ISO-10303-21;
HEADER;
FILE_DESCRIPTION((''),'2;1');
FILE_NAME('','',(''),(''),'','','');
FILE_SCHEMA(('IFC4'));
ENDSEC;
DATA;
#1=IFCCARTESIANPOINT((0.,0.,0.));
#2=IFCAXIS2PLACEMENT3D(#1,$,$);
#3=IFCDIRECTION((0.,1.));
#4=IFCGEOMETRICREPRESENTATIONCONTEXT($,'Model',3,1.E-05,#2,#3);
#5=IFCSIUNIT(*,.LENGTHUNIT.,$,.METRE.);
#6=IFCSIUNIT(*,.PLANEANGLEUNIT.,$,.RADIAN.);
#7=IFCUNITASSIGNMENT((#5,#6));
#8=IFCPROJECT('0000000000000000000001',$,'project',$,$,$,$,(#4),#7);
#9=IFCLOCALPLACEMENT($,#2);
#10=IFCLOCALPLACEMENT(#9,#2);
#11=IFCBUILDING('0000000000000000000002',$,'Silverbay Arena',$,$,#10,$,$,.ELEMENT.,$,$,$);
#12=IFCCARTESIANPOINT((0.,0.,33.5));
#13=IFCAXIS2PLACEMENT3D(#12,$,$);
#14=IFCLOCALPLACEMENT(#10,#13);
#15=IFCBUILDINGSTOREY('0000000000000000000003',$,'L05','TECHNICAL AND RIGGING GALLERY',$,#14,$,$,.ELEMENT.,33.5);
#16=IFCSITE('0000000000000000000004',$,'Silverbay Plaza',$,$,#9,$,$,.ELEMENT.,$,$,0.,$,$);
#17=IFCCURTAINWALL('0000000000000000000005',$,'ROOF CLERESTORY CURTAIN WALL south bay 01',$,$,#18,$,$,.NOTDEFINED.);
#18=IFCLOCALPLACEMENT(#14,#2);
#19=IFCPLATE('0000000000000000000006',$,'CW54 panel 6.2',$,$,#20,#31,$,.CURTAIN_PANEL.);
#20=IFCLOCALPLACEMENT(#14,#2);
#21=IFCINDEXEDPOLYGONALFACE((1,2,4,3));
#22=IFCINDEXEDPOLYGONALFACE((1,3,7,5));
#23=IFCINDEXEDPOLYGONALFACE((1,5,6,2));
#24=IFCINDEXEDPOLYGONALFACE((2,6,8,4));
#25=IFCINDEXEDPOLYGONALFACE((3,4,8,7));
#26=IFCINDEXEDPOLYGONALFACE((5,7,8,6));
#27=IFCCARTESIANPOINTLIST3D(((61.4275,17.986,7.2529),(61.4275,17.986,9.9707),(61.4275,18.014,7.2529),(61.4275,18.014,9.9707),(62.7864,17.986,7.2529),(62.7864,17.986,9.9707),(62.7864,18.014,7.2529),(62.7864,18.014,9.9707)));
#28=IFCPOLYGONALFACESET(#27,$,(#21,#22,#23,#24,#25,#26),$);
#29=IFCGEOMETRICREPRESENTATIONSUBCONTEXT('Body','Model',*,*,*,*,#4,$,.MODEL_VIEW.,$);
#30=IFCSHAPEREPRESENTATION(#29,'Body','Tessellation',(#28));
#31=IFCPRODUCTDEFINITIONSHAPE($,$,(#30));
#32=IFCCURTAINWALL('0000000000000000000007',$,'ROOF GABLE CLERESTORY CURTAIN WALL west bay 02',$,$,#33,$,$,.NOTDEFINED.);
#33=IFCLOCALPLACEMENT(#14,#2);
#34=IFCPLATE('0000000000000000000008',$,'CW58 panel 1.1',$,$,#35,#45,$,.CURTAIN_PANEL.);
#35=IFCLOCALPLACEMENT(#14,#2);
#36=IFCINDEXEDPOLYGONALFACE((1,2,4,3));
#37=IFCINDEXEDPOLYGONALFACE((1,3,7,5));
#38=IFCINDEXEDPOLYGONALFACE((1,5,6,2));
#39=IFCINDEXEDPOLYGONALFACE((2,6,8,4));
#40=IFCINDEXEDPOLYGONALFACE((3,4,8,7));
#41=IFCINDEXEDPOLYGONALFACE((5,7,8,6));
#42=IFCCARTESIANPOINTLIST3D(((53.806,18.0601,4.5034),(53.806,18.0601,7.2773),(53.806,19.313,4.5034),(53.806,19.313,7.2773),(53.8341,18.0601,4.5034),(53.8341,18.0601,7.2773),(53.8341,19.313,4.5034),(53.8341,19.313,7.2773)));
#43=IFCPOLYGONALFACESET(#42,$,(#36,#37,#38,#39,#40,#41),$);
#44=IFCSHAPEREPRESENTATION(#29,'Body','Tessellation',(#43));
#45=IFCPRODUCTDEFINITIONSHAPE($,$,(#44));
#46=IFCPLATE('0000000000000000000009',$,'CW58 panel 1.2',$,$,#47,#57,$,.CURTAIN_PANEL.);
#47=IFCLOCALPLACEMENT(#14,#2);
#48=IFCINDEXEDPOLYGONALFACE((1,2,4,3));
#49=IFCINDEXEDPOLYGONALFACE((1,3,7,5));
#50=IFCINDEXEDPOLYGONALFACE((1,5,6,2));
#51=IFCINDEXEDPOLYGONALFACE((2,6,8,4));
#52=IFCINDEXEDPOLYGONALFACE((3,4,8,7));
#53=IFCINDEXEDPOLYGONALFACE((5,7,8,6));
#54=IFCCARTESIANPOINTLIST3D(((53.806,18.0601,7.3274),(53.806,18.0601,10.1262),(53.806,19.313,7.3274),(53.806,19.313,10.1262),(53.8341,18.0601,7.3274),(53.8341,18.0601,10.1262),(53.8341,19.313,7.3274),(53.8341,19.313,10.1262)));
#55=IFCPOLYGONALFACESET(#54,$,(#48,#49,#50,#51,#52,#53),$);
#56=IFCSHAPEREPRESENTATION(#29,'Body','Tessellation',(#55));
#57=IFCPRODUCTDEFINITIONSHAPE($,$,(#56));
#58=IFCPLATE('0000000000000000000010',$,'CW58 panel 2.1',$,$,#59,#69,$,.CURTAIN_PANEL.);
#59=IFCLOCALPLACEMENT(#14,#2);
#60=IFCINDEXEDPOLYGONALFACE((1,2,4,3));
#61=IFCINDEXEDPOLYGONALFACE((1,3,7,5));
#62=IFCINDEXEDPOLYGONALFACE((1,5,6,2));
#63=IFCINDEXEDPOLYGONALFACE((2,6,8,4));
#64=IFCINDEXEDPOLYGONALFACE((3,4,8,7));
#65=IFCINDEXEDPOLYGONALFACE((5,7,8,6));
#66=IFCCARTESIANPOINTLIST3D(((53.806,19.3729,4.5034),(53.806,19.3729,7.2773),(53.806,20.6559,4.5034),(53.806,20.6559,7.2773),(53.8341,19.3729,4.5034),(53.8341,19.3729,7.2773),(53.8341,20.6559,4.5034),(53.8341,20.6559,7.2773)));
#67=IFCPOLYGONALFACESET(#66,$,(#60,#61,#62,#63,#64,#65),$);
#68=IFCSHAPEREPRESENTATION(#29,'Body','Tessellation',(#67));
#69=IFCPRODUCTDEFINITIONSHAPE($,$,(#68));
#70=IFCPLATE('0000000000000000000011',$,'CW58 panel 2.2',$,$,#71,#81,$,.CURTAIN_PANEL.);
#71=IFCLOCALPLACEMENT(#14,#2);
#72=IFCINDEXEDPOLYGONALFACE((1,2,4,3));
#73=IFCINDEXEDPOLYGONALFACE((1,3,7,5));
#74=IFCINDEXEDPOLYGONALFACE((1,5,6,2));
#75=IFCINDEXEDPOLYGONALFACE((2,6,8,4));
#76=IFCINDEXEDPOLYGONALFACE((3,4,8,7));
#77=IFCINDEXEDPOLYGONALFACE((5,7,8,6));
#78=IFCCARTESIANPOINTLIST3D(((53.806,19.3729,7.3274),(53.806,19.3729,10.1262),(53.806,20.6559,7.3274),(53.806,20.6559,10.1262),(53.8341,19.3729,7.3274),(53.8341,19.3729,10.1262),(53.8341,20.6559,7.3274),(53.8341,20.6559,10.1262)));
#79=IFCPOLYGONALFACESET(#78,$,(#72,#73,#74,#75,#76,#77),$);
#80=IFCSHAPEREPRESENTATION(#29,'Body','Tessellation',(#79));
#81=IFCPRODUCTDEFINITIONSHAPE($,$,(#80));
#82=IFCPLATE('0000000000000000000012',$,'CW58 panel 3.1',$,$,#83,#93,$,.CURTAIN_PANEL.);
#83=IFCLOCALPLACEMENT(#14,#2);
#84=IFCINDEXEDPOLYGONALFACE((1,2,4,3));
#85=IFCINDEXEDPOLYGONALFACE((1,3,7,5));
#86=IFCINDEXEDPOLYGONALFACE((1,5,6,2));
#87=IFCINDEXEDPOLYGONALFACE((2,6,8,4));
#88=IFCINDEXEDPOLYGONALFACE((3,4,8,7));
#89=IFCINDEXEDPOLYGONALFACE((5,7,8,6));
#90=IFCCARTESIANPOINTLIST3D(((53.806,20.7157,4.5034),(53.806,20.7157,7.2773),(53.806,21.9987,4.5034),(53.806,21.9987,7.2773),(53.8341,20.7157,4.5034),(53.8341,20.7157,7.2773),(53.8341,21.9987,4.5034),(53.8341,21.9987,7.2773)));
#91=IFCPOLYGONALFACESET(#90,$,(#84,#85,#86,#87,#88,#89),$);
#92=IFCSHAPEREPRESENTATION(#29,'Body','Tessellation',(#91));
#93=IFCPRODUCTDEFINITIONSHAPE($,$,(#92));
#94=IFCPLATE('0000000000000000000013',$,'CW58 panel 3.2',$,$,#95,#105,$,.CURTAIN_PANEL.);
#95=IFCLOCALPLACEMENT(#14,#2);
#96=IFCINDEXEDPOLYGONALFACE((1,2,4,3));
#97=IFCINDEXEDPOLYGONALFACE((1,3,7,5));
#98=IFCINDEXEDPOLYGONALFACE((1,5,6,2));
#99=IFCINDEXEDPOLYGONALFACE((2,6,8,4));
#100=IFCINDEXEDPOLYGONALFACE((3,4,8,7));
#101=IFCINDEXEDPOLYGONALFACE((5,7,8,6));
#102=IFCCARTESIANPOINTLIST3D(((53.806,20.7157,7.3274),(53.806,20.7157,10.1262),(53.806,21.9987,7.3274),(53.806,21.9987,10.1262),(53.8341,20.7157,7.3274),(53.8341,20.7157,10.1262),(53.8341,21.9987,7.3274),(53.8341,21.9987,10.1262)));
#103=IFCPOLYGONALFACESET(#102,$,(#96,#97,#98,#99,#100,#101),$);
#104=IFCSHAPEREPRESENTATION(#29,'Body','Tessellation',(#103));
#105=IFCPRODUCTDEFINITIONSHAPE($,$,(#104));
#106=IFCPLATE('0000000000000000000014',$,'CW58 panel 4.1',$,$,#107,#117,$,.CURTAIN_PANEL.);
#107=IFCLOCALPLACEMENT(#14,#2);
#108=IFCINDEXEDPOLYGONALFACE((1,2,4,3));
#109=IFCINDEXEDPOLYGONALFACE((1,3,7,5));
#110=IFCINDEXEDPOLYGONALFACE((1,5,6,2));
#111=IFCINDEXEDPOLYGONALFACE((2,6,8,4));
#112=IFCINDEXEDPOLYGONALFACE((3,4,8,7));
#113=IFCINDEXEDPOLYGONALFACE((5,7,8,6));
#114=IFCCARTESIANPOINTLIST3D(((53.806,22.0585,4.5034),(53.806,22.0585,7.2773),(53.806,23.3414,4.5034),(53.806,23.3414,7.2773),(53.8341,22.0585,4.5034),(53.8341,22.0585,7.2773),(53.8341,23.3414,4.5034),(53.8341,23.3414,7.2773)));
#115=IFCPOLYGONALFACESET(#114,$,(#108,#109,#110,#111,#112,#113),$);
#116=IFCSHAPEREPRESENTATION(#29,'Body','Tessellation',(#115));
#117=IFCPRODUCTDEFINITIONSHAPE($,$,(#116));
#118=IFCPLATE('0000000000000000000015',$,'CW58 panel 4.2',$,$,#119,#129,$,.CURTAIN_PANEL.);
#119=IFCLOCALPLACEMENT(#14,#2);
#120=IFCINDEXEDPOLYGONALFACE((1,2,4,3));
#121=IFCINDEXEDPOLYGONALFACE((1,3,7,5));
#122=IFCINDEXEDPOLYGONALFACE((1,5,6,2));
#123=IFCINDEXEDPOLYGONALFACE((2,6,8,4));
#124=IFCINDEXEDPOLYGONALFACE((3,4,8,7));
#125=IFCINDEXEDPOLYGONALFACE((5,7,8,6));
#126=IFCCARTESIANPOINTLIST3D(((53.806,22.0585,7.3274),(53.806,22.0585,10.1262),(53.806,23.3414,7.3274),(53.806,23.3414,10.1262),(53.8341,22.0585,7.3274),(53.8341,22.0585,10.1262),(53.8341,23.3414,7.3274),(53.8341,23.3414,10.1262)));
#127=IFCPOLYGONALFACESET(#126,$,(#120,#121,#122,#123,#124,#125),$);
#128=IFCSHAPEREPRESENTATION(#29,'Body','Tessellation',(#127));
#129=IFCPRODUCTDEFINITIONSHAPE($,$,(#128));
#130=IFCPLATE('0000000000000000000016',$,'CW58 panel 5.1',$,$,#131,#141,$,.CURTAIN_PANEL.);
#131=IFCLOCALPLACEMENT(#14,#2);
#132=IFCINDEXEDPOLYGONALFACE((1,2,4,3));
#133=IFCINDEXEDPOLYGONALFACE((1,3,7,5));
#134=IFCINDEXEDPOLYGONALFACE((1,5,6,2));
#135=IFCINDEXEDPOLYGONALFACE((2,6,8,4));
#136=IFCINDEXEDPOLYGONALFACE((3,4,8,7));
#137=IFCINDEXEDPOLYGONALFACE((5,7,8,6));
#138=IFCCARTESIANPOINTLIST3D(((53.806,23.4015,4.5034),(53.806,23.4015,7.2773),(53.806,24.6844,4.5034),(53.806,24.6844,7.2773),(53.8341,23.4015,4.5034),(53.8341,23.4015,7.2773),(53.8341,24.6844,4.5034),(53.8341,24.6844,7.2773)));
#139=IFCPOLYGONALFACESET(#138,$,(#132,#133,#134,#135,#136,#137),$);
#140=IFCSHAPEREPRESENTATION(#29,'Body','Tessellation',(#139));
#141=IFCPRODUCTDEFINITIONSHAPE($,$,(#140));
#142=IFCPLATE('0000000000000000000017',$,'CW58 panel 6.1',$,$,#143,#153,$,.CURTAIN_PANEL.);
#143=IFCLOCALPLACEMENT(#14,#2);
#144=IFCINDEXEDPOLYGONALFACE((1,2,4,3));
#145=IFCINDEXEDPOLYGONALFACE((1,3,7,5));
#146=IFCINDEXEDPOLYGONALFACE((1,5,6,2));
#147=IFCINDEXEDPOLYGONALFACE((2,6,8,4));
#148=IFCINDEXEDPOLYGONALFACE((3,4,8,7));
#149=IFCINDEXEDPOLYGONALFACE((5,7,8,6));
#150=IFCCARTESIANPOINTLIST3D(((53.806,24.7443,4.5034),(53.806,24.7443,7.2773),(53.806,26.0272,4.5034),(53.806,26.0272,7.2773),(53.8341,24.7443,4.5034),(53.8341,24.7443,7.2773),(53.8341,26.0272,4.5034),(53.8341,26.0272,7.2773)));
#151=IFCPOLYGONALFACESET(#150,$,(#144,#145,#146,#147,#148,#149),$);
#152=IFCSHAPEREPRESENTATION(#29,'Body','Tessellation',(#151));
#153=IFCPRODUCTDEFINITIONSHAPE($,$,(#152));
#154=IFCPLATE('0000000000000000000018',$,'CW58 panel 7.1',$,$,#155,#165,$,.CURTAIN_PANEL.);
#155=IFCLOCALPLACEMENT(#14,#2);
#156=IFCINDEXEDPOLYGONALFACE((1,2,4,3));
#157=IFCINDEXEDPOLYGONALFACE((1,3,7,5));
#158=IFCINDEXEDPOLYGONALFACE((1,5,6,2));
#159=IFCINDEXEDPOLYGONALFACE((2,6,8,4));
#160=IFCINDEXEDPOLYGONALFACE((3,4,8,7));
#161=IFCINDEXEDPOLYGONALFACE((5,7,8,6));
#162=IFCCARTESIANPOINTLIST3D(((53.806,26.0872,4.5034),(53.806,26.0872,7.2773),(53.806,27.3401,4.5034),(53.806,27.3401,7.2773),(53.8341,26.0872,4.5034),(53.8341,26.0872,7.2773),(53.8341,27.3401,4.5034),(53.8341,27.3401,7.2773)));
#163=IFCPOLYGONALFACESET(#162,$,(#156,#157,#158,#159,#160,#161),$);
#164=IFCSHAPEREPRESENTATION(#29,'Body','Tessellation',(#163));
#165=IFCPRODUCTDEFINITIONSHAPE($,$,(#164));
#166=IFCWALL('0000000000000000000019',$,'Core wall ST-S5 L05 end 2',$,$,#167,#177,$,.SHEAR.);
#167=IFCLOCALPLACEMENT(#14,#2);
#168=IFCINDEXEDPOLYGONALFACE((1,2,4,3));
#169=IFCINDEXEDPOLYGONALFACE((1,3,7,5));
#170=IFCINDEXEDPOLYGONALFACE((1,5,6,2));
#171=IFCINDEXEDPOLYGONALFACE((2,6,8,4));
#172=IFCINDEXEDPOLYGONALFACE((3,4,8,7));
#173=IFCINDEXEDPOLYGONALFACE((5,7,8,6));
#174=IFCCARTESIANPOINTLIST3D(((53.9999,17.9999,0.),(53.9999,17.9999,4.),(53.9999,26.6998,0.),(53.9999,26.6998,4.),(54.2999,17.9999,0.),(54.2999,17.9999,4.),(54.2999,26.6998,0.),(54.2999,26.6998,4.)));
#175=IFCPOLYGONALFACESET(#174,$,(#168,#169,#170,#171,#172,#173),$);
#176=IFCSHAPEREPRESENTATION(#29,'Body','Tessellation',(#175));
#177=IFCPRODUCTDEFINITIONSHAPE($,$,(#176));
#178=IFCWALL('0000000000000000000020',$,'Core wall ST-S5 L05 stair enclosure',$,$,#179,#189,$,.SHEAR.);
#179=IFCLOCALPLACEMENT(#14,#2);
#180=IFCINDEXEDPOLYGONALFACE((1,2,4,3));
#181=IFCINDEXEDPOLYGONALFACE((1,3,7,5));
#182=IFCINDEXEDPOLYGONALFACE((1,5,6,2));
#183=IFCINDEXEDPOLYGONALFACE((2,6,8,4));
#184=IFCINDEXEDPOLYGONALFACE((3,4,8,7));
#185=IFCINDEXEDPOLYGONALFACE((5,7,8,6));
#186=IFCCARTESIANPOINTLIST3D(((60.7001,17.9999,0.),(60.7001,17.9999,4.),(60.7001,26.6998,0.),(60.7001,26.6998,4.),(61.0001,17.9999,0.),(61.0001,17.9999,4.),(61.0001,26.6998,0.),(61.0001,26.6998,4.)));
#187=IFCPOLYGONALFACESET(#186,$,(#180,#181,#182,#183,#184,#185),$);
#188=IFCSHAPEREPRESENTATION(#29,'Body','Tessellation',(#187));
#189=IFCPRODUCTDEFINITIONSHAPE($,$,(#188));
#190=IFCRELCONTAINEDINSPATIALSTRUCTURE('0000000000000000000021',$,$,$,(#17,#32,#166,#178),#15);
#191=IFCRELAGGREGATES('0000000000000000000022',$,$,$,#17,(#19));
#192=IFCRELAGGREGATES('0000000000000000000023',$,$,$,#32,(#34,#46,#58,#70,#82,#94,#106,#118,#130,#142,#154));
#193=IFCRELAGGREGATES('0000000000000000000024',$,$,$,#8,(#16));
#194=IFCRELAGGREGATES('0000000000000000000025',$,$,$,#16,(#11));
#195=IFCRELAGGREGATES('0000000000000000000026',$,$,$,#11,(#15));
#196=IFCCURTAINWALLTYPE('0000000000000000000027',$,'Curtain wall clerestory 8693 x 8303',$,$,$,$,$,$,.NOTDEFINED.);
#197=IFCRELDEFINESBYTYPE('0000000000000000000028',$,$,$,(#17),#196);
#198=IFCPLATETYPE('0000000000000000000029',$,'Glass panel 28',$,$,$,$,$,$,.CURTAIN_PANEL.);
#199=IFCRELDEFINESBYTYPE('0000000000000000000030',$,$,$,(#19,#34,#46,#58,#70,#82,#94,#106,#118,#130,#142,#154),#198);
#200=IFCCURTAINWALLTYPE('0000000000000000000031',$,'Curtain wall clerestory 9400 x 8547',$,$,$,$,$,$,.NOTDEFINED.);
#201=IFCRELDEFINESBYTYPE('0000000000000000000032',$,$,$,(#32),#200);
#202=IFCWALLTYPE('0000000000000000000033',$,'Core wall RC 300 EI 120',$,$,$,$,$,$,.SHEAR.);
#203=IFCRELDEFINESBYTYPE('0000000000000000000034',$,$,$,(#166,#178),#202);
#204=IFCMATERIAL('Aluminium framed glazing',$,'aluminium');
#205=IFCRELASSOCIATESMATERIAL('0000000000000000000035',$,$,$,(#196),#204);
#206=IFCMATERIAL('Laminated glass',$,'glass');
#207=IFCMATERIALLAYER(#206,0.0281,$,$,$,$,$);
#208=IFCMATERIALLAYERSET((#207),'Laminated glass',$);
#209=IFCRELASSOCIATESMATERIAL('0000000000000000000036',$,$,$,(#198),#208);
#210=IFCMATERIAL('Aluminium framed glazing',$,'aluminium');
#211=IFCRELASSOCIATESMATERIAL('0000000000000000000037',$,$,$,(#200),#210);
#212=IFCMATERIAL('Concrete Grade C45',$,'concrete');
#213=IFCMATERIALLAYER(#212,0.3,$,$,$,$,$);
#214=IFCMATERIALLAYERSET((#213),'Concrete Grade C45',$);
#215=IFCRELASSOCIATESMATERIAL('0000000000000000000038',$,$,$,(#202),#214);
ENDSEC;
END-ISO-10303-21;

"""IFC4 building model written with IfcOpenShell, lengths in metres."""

from ifc_helpers import new_model, si_unit, direction, frame, frame_2d, origin, origin_2d, place, context, subcontext, project, spatial, rectangle, extrude, material, layer, layer_set, type_object, element, aggregate, save


model = new_model("IFC4")

# Units and contexts
model_context = context("Model", 3, precision=1e-05, world=origin(), true_north=direction((0.0, 1.0)))
body_context = subcontext(model_context, "Body", "Model", "MODEL_VIEW")
ifc_project = project(units=[si_unit("LENGTHUNIT", "METRE"), si_unit("PLANEANGLEUNIT", "RADIAN")], contexts=[model_context])

# Site, building, storey
site_placement = place(None, origin())
site = spatial("IfcSite", under=ifc_project, at=site_placement, Name="Silverbay Plaza", CompositionType="ELEMENT", RefElevation=0.0)
building_placement = place(site_placement, origin())
building = spatial("IfcBuilding", under=site, at=building_placement, Name="Silverbay Arena", CompositionType="ELEMENT")
storey_placement = place(building_placement, frame((0.0, 0.0, 33.5)))
storey = spatial("IfcBuildingStorey", under=building, at=storey_placement, Name="L05", Description="TECHNICAL AND RIGGING GALLERY", CompositionType="ELEMENT", Elevation=33.5)

# Curtain wall
ifc_material_1 = material(Name="Aluminium framed glazing", Category="aluminium")
curtain_wall_type_1 = type_object("IfcCurtainWallType", Name="Curtain wall clerestory 8693 x 8303", PredefinedType="NOTDEFINED", material=ifc_material_1)
curtain_wall_1_placement = place(storey_placement, origin())
curtain_wall_1 = element("IfcCurtainWall", 1, at=curtain_wall_1_placement, inside=storey, type_object=curtain_wall_type_1, Name="ROOF CLERESTORY CURTAIN WALL south bay 01", PredefinedType="NOTDEFINED")

# Plate
ifc_material_2 = material(Name="Laminated glass", Category="glass")
ifc_layer_1 = layer(ifc_material_2, 0.0281)
ifc_layer_set_1 = layer_set([ifc_layer_1], Name="Laminated glass")
plate_type = type_object("IfcPlateType", Name="Glass panel 28", PredefinedType="CURTAIN_PANEL", material=ifc_layer_set_1)
plate_1_placement = place(storey_placement, frame((62.1069, 18.0, 7.2529), z_axis=(0.0, 0.0, 1.0), x_axis=(1.0, 0.0, 0.0)))
plate_1 = element("IfcPlate", 2, at=plate_1_placement, type_object=plate_type, Name="CW54 panel 6.2", PredefinedType="CURTAIN_PANEL", context=body_context, shape_type="SweptSolid", body=[
    extrude(rectangle(XDim=1.3589, YDim=0.0281, at=origin_2d()), origin(), (0.0, 0.0, 1.0), 2.7178),
])
aggregate(curtain_wall_1, [plate_1])

# Curtain wall, plates
ifc_material_3 = material(Name="Aluminium framed glazing", Category="aluminium")
curtain_wall_type_2 = type_object("IfcCurtainWallType", Name="Curtain wall clerestory 9400 x 8547", PredefinedType="NOTDEFINED", material=ifc_material_3)
curtain_wall_2_placement = place(storey_placement, origin())
curtain_wall_2 = element("IfcCurtainWall", 3, at=curtain_wall_2_placement, inside=storey, type_object=curtain_wall_type_2, Name="ROOF GABLE CLERESTORY CURTAIN WALL west bay 02", PredefinedType="NOTDEFINED")
plate_2_placement = place(storey_placement, frame((53.8201, 18.6865, 4.5034), z_axis=(0.0, 0.0, 1.0), x_axis=(0.0, 1.0, 0.0)))
plate_2 = element("IfcPlate", 4, at=plate_2_placement, type_object=plate_type, Name="CW58 panel 1.1", PredefinedType="CURTAIN_PANEL", context=body_context, shape_type="SweptSolid", body=[
    extrude(rectangle(XDim=1.2529, YDim=0.0281, at=origin_2d()), origin(), (0.0, 0.0, 1.0), 2.7739),
])
plate_3_placement = place(storey_placement, frame((53.8201, 18.6865, 7.3274), z_axis=(0.0, 0.0, 1.0), x_axis=(0.0, 1.0, 0.0)))
plate_3 = element("IfcPlate", 5, at=plate_3_placement, type_object=plate_type, Name="CW58 panel 1.2", PredefinedType="CURTAIN_PANEL", context=body_context, shape_type="SweptSolid", body=[
    extrude(rectangle(XDim=1.2529, YDim=0.0281, at=origin_2d()), origin(), (0.0, 0.0, 1.0), 2.7988),
])
plate_4_placement = place(storey_placement, frame((53.8201, 20.0144, 4.5034), z_axis=(0.0, 0.0, 1.0), x_axis=(0.0, 1.0, 0.0)))
plate_4 = element("IfcPlate", 6, at=plate_4_placement, type_object=plate_type, Name="CW58 panel 2.1", PredefinedType="CURTAIN_PANEL", context=body_context, shape_type="SweptSolid", body=[
    extrude(rectangle(XDim=1.283, YDim=0.0281, at=origin_2d()), origin(), (0.0, 0.0, 1.0), 2.7739),
])
plate_5_placement = place(storey_placement, frame((53.8201, 20.0144, 7.3274), z_axis=(0.0, 0.0, 1.0), x_axis=(0.0, 1.0, 0.0)))
plate_5 = element("IfcPlate", 7, at=plate_5_placement, type_object=plate_type, Name="CW58 panel 2.2", PredefinedType="CURTAIN_PANEL", context=body_context, shape_type="SweptSolid", body=[
    extrude(rectangle(XDim=1.283, YDim=0.0281, at=origin_2d()), origin(), (0.0, 0.0, 1.0), 2.7988),
])
plate_6_placement = place(storey_placement, frame((53.8201, 21.3572, 4.5034), z_axis=(0.0, 0.0, 1.0), x_axis=(0.0, 1.0, 0.0)))
plate_6 = element("IfcPlate", 8, at=plate_6_placement, type_object=plate_type, Name="CW58 panel 3.1", PredefinedType="CURTAIN_PANEL", context=body_context, shape_type="SweptSolid", body=[
    extrude(rectangle(XDim=1.283, YDim=0.0281, at=origin_2d()), origin(), (0.0, 0.0, 1.0), 2.7739),
])
plate_7_placement = place(storey_placement, frame((53.8201, 21.3572, 7.3274), z_axis=(0.0, 0.0, 1.0), x_axis=(0.0, 1.0, 0.0)))
plate_7 = element("IfcPlate", 9, at=plate_7_placement, type_object=plate_type, Name="CW58 panel 3.2", PredefinedType="CURTAIN_PANEL", context=body_context, shape_type="SweptSolid", body=[
    extrude(rectangle(XDim=1.283, YDim=0.0281, at=origin_2d()), origin(), (0.0, 0.0, 1.0), 2.7988),
])
plate_8_placement = place(storey_placement, frame((53.8201, 22.7, 4.5034), z_axis=(0.0, 0.0, 1.0), x_axis=(0.0, 1.0, 0.0)))
plate_8 = element("IfcPlate", 10, at=plate_8_placement, type_object=plate_type, Name="CW58 panel 4.1", PredefinedType="CURTAIN_PANEL", context=body_context, shape_type="SweptSolid", body=[
    extrude(rectangle(XDim=1.283, YDim=0.0281, at=origin_2d()), origin(), (0.0, 0.0, 1.0), 2.7739),
])
plate_9_placement = place(storey_placement, frame((53.8201, 22.7, 7.3274), z_axis=(0.0, 0.0, 1.0), x_axis=(0.0, 1.0, 0.0)))
plate_9 = element("IfcPlate", 11, at=plate_9_placement, type_object=plate_type, Name="CW58 panel 4.2", PredefinedType="CURTAIN_PANEL", context=body_context, shape_type="SweptSolid", body=[
    extrude(rectangle(XDim=1.283, YDim=0.0281, at=origin_2d()), origin(), (0.0, 0.0, 1.0), 2.7988),
])
plate_10_placement = place(storey_placement, frame((53.8201, 24.043, 4.5034), z_axis=(0.0, 0.0, 1.0), x_axis=(0.0, 1.0, 0.0)))
plate_10 = element("IfcPlate", 12, at=plate_10_placement, type_object=plate_type, Name="CW58 panel 5.1", PredefinedType="CURTAIN_PANEL", context=body_context, shape_type="SweptSolid", body=[
    extrude(rectangle(XDim=1.283, YDim=0.0281, at=origin_2d()), origin(), (0.0, 0.0, 1.0), 2.7739),
])
plate_11_placement = place(storey_placement, frame((53.8201, 25.3857, 4.5034), z_axis=(0.0, 0.0, 1.0), x_axis=(0.0, 1.0, 0.0)))
plate_11 = element("IfcPlate", 13, at=plate_11_placement, type_object=plate_type, Name="CW58 panel 6.1", PredefinedType="CURTAIN_PANEL", context=body_context, shape_type="SweptSolid", body=[
    extrude(rectangle(XDim=1.283, YDim=0.0281, at=origin_2d()), origin(), (0.0, 0.0, 1.0), 2.7739),
])
plate_12_placement = place(storey_placement, frame((53.8201, 26.7136, 4.5034), z_axis=(0.0, 0.0, 1.0), x_axis=(0.0, 1.0, 0.0)))
plate_12 = element("IfcPlate", 14, at=plate_12_placement, type_object=plate_type, Name="CW58 panel 7.1", PredefinedType="CURTAIN_PANEL", context=body_context, shape_type="SweptSolid", body=[
    extrude(rectangle(XDim=1.2529, YDim=0.0281, at=origin_2d()), origin(), (0.0, 0.0, 1.0), 2.7739),
])
aggregate(curtain_wall_2, [plate_2, plate_3, plate_4, plate_5, plate_6, plate_7, plate_8, plate_9, plate_10, plate_11, plate_12])

# Walls
ifc_material_4 = material(Name="Concrete Grade C45", Category="concrete")
ifc_layer_2 = layer(ifc_material_4, 0.3)
ifc_layer_set_2 = layer_set([ifc_layer_2], Name="Concrete Grade C45")
wall_type = type_object("IfcWallType", Name="Core wall RC 300 EI 120", PredefinedType="SHEAR", material=ifc_layer_set_2)
for number, where, z_axis, x_axis, name in (
    (15, (54.1499, 26.7, 0.0), (0.0, 0.0, 1.0), (0.0, -1.0, 0.0), "Core wall ST-S5 L05 end 2"),
    (16, (60.8501, 26.7, 0.0), (0.0, 0.0, 1.0), (0.0, -1.0, 0.0), "Core wall ST-S5 L05 stair enclosure"),
):
    element("IfcWall", number, at=place(storey_placement, frame(where, z_axis=z_axis, x_axis=x_axis)), inside=storey, type_object=wall_type, Name=name, PredefinedType="SHEAR", context=body_context, shape_type="SweptSolid", body=[
        extrude(rectangle(XDim=8.7, YDim=0.3, at=frame_2d((4.3501, 0.0))), origin(), (0.0, 0.0, 1.0), 4.0),
    ])

save(model, "model.ifc")
